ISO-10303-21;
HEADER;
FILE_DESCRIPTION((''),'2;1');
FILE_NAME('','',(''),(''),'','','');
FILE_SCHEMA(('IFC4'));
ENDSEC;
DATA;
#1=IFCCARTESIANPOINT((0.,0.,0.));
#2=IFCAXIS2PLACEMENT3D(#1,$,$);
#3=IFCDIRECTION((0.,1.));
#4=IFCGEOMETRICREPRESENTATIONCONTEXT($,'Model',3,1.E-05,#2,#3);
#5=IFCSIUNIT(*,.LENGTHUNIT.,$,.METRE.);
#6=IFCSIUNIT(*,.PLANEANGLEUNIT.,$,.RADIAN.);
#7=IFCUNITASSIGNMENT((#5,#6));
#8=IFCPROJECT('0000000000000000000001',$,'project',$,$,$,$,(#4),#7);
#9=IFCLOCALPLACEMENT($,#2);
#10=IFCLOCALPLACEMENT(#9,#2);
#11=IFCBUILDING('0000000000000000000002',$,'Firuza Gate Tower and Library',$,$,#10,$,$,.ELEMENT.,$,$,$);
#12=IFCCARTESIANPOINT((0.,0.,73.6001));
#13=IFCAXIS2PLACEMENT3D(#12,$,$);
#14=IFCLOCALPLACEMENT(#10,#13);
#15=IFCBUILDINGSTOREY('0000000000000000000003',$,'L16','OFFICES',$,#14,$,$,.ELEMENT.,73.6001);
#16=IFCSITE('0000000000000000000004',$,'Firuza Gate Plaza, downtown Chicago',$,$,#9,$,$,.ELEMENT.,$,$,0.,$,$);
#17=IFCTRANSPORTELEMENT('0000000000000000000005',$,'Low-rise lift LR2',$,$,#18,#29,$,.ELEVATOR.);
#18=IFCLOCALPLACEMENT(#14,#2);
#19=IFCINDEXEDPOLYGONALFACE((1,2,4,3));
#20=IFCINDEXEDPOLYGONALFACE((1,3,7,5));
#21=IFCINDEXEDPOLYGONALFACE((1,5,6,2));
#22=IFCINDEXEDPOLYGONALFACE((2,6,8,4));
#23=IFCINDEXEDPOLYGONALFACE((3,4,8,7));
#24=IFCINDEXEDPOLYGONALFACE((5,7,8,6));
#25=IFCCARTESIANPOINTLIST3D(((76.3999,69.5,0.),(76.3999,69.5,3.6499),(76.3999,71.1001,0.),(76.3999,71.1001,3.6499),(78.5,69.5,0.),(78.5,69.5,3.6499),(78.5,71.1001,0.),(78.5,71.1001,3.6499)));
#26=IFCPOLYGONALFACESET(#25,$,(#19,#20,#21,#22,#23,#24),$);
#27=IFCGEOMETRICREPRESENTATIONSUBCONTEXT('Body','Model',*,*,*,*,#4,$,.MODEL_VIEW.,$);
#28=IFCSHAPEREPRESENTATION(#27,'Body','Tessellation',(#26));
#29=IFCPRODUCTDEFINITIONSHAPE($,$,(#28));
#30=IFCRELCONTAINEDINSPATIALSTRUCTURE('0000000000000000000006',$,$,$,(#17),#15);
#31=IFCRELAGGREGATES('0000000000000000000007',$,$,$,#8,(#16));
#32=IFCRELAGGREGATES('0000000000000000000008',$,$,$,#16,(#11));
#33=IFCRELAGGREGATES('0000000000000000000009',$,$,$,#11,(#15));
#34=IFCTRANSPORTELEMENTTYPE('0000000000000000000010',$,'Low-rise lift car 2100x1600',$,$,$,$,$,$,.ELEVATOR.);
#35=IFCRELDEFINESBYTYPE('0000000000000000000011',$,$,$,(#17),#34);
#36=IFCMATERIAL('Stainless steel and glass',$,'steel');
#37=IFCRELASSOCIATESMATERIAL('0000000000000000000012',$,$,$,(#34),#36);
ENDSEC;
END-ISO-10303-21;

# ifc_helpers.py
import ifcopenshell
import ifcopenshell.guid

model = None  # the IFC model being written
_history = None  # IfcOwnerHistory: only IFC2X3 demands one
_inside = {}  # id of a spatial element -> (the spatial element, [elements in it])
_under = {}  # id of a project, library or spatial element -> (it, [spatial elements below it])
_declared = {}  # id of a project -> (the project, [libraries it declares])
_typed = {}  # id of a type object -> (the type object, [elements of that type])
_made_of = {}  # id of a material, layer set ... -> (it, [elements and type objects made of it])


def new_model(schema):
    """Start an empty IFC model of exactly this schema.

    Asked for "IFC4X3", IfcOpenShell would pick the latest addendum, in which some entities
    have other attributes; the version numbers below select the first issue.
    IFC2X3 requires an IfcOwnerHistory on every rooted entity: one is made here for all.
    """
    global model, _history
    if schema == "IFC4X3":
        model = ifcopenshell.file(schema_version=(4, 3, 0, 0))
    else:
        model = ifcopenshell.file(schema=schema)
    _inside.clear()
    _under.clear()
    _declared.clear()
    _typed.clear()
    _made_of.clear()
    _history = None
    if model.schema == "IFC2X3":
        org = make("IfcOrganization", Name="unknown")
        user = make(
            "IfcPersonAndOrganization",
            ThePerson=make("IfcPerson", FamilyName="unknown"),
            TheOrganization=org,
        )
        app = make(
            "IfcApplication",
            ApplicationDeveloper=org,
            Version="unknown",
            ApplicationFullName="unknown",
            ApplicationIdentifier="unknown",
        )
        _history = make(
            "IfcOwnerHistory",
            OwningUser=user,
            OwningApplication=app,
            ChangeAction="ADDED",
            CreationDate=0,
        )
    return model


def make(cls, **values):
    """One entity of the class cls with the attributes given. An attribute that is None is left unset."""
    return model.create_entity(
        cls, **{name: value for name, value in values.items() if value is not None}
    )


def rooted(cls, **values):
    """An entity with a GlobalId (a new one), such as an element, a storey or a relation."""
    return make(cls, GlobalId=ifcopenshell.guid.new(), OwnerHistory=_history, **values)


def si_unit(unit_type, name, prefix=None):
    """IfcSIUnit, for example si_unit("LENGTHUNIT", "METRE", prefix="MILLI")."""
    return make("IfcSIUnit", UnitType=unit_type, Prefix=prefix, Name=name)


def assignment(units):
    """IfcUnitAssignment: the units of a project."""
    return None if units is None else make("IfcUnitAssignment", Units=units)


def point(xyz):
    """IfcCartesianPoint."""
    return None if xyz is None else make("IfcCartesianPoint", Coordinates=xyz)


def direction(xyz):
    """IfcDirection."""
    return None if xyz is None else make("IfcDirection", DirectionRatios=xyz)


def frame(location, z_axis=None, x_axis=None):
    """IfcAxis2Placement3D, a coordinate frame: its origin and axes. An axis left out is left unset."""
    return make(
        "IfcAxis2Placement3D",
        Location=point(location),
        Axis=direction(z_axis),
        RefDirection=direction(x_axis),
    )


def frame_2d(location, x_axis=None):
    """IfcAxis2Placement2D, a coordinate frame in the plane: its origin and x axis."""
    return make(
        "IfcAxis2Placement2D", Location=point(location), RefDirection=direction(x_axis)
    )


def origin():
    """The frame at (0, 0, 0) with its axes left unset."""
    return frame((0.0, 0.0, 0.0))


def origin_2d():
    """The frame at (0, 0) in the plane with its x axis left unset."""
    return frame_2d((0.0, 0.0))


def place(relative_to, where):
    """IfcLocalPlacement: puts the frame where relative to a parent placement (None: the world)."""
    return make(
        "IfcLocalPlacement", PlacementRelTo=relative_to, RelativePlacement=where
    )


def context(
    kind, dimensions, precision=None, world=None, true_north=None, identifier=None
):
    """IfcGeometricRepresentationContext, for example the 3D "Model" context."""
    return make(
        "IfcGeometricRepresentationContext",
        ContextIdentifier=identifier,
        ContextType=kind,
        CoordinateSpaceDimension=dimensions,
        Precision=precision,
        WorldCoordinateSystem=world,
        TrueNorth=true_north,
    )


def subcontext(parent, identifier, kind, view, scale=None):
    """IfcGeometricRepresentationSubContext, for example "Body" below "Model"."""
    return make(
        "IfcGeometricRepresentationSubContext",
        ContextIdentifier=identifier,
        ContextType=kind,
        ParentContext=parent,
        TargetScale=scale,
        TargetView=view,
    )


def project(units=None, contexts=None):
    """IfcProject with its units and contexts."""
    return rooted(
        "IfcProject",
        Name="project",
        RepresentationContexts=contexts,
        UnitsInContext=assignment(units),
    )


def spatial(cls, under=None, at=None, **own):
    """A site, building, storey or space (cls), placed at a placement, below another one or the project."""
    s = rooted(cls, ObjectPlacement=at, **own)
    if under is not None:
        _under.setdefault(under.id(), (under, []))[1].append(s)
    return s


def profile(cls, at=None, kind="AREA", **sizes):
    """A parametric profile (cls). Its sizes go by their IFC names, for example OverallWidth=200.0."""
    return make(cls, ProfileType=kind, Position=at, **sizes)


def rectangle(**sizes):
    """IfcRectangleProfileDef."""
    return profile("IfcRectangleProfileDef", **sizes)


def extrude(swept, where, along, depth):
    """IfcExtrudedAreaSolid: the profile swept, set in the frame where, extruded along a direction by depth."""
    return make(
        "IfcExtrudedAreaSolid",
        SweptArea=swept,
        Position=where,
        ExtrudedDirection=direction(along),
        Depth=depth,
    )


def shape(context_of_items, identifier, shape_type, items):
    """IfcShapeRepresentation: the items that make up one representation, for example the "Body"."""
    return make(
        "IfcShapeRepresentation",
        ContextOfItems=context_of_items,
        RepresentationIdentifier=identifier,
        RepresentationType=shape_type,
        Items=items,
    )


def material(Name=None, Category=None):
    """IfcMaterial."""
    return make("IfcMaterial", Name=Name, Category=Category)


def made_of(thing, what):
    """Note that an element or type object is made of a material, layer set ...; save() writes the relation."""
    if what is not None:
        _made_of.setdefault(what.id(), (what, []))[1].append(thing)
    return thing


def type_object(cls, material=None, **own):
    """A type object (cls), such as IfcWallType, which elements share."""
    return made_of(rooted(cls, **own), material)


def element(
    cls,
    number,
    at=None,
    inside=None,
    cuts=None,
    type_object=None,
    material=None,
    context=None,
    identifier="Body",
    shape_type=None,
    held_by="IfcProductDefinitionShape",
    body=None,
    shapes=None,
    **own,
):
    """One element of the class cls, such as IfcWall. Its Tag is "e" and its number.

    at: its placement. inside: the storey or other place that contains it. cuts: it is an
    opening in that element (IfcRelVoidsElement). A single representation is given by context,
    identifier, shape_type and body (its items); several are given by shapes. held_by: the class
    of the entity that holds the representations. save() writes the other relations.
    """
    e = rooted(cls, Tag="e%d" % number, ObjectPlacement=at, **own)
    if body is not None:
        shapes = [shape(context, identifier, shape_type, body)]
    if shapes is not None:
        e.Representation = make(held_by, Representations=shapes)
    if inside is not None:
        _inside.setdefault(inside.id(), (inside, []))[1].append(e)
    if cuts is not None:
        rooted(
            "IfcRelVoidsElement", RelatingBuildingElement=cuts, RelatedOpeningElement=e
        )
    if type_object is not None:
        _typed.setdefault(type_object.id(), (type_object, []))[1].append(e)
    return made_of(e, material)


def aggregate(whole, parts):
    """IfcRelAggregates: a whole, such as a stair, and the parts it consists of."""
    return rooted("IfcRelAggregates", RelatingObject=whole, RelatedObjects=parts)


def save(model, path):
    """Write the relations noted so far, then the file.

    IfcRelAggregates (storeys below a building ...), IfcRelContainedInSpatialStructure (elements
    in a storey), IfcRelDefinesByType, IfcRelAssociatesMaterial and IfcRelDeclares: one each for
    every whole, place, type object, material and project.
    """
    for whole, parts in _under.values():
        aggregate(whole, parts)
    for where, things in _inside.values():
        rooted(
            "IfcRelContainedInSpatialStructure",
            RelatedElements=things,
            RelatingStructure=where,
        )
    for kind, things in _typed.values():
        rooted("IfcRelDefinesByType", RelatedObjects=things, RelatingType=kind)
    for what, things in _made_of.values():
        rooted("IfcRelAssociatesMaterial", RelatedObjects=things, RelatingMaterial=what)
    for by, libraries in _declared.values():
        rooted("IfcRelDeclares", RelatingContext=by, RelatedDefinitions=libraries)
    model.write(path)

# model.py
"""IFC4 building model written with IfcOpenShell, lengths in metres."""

from ifc_helpers import new_model, si_unit, direction, frame, origin, origin_2d, place, context, subcontext, project, spatial, rectangle, extrude, material, type_object, element, save


model = new_model("IFC4")

# Units and contexts
model_context = context("Model", 3, precision=1e-05, world=origin(), true_north=direction((0.0, 1.0)))
body_context = subcontext(model_context, "Body", "Model", "MODEL_VIEW")
ifc_project = project(units=[si_unit("LENGTHUNIT", "METRE"), si_unit("PLANEANGLEUNIT", "RADIAN")], contexts=[model_context])

# Site, building, storey
site_placement = place(None, origin())
site = spatial("IfcSite", under=ifc_project, at=site_placement, Name="Firuza Gate Plaza, downtown Chicago", CompositionType="ELEMENT", RefElevation=0.0)
building_placement = place(site_placement, origin())
building = spatial("IfcBuilding", under=site, at=building_placement, Name="Firuza Gate Tower and Library", CompositionType="ELEMENT")
storey_placement = place(building_placement, frame((0.0, 0.0, 73.6001)))
storey = spatial("IfcBuildingStorey", under=building, at=storey_placement, Name="L16", Description="OFFICES", CompositionType="ELEMENT", Elevation=73.6001)

# Transport element
ifc_material_1 = material(Name="Stainless steel and glass", Category="steel")
transport_element_type = type_object("IfcTransportElementType", Name="Low-rise lift car 2100x1600", PredefinedType="ELEVATOR", material=ifc_material_1)
for number, where, z_axis, x_axis, name in (
    (1, (77.45, 70.3, 0.0), (0.0, 0.0, 1.0), (1.0, 0.0, 0.0), "Low-rise lift LR2"),
):
    element("IfcTransportElement", number, at=place(storey_placement, frame(where, z_axis=z_axis, x_axis=x_axis)), inside=storey, type_object=transport_element_type, Name=name, PredefinedType="ELEVATOR", context=body_context, shape_type="SweptSolid", body=[
        extrude(rectangle(XDim=2.1001, YDim=1.6001, at=origin_2d()), origin(), (0.0, 0.0, 1.0), 3.6499),
    ])

save(model, "model.ifc")
